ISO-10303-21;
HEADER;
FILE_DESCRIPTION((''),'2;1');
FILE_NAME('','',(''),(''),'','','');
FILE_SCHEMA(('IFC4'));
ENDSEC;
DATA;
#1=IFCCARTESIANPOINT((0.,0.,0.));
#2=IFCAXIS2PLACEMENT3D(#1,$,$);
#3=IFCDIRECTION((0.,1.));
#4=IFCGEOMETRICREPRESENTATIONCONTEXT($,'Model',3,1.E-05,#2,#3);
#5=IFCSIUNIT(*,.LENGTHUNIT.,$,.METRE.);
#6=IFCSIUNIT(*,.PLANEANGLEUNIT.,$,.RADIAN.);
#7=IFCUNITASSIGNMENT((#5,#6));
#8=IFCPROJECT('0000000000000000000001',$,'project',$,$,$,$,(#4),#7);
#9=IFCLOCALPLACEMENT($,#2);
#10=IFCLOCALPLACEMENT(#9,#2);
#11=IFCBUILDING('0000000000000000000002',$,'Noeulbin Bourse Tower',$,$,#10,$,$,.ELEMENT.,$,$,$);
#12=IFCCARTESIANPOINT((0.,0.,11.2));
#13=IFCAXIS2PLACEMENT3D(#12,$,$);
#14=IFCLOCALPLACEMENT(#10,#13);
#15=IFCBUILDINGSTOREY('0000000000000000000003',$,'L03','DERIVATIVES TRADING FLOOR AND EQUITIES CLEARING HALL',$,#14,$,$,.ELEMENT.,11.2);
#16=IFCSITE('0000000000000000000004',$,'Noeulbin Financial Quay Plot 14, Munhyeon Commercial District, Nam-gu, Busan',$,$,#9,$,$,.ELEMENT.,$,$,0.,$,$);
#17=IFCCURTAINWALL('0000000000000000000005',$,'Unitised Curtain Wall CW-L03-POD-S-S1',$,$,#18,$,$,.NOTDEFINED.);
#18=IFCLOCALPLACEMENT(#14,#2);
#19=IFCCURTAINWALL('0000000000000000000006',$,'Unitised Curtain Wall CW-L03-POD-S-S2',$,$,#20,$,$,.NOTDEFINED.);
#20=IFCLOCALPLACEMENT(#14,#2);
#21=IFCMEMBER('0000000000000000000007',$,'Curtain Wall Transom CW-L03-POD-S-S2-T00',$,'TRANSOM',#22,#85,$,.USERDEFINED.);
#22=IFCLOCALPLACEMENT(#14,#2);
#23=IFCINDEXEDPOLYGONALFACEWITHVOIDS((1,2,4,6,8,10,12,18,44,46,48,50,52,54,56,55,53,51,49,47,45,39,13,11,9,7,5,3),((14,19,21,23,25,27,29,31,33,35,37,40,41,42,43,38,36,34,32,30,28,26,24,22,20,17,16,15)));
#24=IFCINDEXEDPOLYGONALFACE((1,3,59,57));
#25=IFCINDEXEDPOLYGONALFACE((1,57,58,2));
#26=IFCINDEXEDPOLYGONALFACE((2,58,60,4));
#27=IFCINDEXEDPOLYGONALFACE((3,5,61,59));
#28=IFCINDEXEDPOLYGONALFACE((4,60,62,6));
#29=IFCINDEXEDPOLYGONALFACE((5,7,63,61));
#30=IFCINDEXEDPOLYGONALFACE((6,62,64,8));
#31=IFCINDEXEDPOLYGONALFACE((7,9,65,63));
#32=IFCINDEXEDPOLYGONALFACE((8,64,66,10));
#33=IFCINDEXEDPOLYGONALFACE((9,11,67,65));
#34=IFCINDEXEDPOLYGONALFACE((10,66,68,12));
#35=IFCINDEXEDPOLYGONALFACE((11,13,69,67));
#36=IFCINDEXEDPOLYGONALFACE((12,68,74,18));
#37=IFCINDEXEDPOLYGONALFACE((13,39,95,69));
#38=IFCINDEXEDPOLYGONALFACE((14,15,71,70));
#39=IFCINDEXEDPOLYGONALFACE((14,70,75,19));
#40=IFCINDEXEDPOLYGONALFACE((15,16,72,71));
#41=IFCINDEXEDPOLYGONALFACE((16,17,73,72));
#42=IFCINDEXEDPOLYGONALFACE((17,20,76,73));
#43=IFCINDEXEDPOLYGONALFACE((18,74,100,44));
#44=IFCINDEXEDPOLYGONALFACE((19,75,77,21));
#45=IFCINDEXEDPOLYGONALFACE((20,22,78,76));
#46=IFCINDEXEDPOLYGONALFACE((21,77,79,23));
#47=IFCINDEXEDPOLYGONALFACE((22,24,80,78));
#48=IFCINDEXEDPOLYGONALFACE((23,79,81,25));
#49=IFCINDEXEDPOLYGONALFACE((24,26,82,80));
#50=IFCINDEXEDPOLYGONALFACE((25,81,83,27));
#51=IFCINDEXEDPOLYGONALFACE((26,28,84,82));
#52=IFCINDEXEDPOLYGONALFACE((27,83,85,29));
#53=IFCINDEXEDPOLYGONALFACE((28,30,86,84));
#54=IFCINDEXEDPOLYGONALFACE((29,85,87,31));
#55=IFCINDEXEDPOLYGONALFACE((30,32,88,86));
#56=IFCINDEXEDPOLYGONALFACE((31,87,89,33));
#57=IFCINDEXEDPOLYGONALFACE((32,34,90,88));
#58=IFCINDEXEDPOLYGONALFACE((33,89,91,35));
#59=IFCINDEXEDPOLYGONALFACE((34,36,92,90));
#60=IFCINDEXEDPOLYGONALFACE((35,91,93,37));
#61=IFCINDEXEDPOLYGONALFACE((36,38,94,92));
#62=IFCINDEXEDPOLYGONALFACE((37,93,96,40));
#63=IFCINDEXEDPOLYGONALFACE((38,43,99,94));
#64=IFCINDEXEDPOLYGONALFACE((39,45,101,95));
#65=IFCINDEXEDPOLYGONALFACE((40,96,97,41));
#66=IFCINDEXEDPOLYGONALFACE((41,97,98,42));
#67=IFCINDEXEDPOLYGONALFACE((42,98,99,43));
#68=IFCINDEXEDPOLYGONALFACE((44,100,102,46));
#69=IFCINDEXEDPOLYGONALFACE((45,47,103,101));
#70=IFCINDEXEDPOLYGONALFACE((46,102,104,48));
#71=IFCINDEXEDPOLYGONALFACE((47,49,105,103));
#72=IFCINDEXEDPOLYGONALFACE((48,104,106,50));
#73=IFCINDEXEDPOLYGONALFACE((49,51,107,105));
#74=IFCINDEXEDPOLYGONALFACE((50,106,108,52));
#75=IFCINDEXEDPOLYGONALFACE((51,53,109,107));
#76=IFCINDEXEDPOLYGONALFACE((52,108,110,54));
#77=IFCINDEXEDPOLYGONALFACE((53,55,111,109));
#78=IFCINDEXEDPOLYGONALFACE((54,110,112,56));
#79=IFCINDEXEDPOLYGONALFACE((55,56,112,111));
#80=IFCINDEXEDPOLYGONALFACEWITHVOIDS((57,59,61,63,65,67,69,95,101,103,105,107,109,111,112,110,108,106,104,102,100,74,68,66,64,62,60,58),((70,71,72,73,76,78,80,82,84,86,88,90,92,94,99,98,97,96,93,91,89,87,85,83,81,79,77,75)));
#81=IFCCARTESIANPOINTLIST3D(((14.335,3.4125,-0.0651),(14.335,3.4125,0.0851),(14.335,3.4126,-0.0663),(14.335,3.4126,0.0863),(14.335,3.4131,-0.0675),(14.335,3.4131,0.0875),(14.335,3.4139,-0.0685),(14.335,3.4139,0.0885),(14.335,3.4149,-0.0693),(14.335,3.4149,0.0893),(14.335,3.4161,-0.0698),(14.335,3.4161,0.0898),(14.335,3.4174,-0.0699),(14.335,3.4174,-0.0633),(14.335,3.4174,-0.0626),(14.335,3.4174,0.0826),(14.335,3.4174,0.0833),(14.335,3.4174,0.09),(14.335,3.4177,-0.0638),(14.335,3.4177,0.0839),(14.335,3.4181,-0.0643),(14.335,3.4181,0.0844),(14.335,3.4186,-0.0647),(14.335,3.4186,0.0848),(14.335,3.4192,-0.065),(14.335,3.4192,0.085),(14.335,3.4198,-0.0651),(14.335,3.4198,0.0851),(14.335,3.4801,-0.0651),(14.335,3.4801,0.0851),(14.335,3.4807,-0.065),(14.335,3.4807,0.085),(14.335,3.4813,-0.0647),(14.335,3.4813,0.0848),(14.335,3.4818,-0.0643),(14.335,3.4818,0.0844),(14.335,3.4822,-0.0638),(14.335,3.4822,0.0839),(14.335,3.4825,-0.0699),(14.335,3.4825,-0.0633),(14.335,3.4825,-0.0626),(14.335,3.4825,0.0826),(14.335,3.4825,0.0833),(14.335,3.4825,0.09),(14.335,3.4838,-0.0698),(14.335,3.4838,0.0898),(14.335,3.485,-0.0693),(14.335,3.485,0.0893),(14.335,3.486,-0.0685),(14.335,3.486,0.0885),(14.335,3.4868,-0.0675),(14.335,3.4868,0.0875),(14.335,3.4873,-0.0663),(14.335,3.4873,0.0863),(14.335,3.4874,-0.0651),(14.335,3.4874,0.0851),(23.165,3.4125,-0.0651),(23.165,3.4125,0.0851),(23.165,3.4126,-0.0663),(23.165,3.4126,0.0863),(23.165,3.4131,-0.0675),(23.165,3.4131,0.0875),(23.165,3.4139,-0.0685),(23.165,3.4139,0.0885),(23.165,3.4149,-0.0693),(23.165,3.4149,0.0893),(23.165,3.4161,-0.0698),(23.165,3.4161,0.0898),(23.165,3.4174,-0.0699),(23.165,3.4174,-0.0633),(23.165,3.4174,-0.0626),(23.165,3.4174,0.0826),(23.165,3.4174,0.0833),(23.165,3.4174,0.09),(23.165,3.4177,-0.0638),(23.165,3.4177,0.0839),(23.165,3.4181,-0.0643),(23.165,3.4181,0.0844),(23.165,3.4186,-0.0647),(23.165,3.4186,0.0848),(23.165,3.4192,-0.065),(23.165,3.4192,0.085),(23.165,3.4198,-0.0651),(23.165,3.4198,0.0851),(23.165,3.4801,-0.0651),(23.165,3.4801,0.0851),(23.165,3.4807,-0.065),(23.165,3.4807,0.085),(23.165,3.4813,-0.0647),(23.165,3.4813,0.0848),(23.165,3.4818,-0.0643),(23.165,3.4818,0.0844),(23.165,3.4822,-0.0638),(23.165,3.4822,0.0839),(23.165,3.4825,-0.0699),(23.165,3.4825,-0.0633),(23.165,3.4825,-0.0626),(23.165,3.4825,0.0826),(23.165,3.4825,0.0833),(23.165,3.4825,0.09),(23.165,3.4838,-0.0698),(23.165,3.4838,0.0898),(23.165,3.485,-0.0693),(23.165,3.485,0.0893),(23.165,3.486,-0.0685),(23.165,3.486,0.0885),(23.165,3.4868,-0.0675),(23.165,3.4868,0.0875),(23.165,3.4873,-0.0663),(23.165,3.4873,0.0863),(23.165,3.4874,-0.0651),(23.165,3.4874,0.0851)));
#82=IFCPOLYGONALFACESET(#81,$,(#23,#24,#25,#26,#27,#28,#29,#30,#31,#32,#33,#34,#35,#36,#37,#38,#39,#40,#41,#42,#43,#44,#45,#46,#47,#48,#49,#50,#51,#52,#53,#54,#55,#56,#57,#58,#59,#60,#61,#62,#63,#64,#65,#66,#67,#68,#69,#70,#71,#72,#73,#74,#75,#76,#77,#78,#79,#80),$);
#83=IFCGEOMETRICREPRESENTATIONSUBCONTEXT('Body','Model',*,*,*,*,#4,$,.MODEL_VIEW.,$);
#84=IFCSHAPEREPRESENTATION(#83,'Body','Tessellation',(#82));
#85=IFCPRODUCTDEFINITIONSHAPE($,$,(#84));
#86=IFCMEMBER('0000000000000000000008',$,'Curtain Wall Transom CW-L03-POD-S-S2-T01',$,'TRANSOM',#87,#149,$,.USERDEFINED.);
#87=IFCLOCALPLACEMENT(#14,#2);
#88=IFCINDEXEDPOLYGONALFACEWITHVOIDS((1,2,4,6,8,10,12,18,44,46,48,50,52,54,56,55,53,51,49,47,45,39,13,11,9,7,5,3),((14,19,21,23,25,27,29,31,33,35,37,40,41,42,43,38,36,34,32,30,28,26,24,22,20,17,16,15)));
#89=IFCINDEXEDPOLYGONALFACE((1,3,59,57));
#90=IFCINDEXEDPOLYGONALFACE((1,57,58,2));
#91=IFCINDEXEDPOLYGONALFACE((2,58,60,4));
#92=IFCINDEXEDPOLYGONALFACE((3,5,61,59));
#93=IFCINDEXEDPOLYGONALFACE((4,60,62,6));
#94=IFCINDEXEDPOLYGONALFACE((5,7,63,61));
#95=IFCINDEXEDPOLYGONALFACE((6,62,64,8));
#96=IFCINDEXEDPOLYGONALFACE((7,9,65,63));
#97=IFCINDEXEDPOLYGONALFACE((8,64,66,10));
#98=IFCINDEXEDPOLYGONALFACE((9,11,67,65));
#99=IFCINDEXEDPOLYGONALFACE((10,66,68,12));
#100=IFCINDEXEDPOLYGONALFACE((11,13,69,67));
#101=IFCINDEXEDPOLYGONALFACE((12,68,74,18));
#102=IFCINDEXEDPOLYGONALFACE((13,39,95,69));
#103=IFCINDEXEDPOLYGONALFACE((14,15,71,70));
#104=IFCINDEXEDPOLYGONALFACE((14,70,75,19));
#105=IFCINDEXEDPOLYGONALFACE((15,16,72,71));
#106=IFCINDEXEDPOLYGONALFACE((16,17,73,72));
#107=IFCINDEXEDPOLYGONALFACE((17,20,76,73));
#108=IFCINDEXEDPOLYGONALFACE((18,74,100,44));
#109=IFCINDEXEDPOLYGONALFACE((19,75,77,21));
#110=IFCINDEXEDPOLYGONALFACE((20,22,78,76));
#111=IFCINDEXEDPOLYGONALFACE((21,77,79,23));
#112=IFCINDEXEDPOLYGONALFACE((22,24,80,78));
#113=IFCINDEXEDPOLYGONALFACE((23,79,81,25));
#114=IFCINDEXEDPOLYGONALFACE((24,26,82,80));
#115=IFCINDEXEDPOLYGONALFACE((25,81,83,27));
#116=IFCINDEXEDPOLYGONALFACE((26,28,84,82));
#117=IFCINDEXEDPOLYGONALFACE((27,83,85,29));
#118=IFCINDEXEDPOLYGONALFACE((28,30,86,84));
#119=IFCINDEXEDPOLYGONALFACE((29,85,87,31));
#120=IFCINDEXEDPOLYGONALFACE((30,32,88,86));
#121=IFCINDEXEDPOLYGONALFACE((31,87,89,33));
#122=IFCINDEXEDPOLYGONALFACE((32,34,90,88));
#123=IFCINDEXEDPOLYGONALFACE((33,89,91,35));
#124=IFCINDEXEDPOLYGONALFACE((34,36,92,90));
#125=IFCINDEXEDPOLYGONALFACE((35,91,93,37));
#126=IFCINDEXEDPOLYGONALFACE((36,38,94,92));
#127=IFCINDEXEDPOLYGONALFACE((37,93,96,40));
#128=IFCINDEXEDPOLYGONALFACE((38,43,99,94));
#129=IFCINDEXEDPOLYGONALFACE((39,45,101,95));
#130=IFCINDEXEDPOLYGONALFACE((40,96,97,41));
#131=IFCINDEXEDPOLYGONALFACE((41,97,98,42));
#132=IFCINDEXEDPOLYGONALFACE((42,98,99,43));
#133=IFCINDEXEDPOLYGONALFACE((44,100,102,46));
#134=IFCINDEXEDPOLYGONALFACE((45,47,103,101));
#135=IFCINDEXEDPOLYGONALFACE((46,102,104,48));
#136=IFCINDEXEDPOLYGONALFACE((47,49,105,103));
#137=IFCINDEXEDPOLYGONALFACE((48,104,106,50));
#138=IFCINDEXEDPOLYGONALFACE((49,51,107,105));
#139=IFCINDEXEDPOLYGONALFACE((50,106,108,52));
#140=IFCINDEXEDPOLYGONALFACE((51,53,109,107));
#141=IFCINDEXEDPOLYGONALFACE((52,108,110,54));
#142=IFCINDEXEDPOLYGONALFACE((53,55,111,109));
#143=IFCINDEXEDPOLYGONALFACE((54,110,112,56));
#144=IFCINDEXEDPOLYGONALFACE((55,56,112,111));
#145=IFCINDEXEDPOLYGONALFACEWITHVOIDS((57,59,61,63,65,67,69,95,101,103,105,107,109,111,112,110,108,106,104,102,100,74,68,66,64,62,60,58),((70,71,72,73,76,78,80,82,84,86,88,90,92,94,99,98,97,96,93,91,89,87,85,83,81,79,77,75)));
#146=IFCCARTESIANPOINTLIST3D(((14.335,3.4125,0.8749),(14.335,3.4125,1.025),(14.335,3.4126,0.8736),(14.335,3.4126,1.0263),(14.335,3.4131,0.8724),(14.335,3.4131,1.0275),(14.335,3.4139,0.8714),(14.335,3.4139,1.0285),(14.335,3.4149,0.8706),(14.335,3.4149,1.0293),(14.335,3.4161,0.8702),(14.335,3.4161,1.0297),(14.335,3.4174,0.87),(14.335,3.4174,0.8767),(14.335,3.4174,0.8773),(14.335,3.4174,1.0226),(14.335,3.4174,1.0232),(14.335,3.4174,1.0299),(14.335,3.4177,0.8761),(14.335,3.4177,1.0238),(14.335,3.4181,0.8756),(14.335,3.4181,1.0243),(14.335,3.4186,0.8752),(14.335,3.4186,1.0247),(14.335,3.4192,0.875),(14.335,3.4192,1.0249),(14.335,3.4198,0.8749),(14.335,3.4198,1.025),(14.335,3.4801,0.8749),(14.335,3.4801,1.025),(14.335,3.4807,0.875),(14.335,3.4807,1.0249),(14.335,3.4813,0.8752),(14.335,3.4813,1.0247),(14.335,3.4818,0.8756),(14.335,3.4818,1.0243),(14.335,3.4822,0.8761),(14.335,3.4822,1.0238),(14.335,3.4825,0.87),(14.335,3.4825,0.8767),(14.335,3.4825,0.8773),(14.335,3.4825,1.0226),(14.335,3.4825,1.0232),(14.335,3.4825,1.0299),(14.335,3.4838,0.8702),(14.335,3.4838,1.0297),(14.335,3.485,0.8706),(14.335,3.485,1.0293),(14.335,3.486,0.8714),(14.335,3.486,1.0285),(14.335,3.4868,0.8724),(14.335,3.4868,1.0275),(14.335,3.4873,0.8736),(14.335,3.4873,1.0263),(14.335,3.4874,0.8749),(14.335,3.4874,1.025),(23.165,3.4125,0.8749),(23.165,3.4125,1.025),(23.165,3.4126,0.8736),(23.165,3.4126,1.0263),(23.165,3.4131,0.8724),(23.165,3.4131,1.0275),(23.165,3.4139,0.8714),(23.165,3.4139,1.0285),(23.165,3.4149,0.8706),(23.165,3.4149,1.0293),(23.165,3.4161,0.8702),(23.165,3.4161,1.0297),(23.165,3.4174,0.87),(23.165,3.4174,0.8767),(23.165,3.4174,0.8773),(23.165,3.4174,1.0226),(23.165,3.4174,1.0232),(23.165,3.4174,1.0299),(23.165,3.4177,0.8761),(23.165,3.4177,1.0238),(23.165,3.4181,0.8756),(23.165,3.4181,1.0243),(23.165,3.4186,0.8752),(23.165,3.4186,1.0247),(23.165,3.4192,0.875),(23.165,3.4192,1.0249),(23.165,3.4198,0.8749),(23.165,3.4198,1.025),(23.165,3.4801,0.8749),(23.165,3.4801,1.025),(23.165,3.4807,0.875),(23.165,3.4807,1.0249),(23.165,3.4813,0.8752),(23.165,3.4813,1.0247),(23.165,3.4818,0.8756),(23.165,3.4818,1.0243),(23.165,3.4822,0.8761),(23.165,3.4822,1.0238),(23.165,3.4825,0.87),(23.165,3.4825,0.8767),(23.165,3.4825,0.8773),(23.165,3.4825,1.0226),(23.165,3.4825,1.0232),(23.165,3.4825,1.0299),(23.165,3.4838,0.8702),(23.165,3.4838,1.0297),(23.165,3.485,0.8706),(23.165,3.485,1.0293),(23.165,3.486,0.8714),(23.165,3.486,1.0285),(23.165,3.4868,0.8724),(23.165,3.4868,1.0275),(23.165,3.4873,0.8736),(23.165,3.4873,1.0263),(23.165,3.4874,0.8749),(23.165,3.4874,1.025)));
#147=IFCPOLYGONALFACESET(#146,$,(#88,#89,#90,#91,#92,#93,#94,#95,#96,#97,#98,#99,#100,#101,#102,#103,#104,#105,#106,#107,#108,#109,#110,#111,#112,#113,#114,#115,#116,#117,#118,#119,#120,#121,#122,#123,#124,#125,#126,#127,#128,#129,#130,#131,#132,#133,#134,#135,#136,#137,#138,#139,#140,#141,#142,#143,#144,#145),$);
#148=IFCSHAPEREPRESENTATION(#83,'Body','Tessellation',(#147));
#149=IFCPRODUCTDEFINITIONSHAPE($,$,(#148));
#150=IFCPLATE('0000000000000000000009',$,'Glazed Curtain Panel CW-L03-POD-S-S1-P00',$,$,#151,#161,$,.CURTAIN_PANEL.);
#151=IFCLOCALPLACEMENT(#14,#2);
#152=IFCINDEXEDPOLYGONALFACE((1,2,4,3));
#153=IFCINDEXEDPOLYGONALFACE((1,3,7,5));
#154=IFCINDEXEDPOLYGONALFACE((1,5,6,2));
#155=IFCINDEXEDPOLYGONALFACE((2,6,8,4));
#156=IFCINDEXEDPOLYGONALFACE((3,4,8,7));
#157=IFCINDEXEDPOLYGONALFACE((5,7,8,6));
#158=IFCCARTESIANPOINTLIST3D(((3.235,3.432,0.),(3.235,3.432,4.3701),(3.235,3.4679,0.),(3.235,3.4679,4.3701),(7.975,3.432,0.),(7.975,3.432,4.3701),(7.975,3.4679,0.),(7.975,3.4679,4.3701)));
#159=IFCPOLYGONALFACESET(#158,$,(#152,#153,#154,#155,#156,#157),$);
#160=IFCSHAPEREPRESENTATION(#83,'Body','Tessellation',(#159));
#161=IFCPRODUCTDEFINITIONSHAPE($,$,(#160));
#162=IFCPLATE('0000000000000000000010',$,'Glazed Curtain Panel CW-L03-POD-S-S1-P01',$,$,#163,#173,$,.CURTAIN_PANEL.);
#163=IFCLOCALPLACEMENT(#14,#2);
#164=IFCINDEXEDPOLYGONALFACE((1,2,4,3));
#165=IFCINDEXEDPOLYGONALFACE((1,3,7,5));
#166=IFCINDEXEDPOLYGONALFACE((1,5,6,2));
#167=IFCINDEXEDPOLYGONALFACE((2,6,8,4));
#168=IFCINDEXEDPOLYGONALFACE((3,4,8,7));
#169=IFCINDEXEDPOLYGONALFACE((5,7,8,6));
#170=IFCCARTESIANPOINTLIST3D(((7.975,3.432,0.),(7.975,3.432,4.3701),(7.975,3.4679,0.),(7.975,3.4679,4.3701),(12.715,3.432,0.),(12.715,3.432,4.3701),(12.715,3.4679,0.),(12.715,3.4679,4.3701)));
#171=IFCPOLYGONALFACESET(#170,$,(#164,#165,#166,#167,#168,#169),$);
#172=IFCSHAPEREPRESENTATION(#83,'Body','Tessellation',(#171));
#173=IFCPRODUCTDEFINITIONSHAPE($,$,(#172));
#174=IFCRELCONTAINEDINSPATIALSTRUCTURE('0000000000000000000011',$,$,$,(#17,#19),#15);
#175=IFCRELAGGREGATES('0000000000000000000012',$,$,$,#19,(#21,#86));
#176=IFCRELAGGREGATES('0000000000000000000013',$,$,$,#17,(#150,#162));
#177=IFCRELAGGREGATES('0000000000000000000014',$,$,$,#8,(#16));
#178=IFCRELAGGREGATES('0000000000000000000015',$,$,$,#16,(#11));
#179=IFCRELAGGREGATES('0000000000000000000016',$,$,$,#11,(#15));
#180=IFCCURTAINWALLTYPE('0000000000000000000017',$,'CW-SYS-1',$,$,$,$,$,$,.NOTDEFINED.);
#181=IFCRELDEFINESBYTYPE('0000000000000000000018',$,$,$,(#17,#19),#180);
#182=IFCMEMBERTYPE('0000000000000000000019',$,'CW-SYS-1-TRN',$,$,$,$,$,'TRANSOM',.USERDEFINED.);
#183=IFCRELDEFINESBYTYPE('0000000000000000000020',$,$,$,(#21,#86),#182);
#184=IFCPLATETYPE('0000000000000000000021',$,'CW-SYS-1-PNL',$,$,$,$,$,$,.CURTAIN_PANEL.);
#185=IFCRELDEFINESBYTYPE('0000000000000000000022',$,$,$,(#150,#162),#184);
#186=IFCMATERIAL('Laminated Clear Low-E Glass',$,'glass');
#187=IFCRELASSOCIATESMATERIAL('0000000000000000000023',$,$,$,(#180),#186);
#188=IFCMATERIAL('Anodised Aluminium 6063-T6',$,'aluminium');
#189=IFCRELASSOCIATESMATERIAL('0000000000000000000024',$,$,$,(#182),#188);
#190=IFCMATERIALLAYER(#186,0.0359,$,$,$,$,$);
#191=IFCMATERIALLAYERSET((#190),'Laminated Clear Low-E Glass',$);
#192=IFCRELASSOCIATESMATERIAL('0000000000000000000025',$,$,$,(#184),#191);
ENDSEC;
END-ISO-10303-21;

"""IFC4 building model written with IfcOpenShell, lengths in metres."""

from ifc_helpers import new_model, si_unit, direction, frame, origin, origin_2d, place, context, subcontext, project, spatial, rectangle, hollow_rectangle, extrude, material, layer, layer_set, material_profile, profile_set, type_object, element, aggregate, save


model = new_model("IFC4")

# Units and contexts
model_context = context("Model", 3, precision=1e-05, world=origin(), true_north=direction((0.0, 1.0)))
body_context = subcontext(model_context, "Body", "Model", "MODEL_VIEW")
ifc_project = project(units=[si_unit("LENGTHUNIT", "METRE"), si_unit("PLANEANGLEUNIT", "RADIAN")], contexts=[model_context])

# Site, building, storey
site_placement = place(None, origin())
site = spatial("IfcSite", under=ifc_project, at=site_placement, Name="Noeulbin Financial Quay Plot 14, Munhyeon Commercial District, Nam-gu, Busan", CompositionType="ELEMENT", RefElevation=0.0)
building_placement = place(site_placement, origin())
building = spatial("IfcBuilding", under=site, at=building_placement, Name="Noeulbin Bourse Tower", CompositionType="ELEMENT")
storey_placement = place(building_placement, frame((0.0, 0.0, 11.2)))
storey = spatial("IfcBuildingStorey", under=building, at=storey_placement, Name="L03", Description="DERIVATIVES TRADING FLOOR AND EQUITIES CLEARING HALL", CompositionType="ELEMENT", Elevation=11.2)

# Curtain wall
ifc_material_1 = material(Name="Laminated Clear Low-E Glass", Category="glass")
curtain_wall_type = type_object("IfcCurtainWallType", Name="CW-SYS-1", PredefinedType="NOTDEFINED", material=ifc_material_1)
curtain_wall_1_placement = place(storey_placement, origin())
curtain_wall_1 = element("IfcCurtainWall", 1, at=curtain_wall_1_placement, inside=storey, type_object=curtain_wall_type, Name="Unitised Curtain Wall CW-L03-POD-S-S1", PredefinedType="NOTDEFINED")
ifc_material_2 = material(Name="Anodised Aluminium 6063-T6", Category="aluminium")

# Curtain wall
curtain_wall_2_placement = place(storey_placement, origin())
curtain_wall_2 = element("IfcCurtainWall", 2, at=curtain_wall_2_placement, inside=storey, type_object=curtain_wall_type, Name="Unitised Curtain Wall CW-L03-POD-S-S2", PredefinedType="NOTDEFINED")

# Members
ifc_material_profile_1 = material_profile(ifc_material_2, hollow_rectangle(XDim=0.075, YDim=0.1599, WallThickness=0.0049, InnerFilletRadius=0.0024, OuterFilletRadius=0.0049, at=origin_2d()), Name="ALU-TRAN-75x160x5", Category="LoadBearing")
ifc_profile_set_1 = profile_set([ifc_material_profile_1], Name="Anodised Aluminium 6063-T6")
member_type_1 = type_object("IfcMemberType", Name="CW-SYS-1-TRN", ElementType="TRANSOM", PredefinedType="USERDEFINED", material=ifc_profile_set_1)
member_1_placement = place(storey_placement, frame((14.335, 3.45, 0.01), z_axis=(1.0, 0.0, 0.0), x_axis=(0.0, 1.0, 0.0)))
member_1 = element("IfcMember", 3, at=member_1_placement, type_object=member_type_1, Name="Curtain Wall Transom CW-L03-POD-S-S2-T00", ObjectType="TRANSOM", PredefinedType="USERDEFINED", context=body_context, shape_type="SweptSolid", body=[
    extrude(hollow_rectangle(XDim=0.075, YDim=0.1599, WallThickness=0.0049, InnerFilletRadius=0.0024, OuterFilletRadius=0.0049, at=origin_2d()), origin(), (0.0, 0.0, 1.0), 8.8301),
])
member_2_placement = place(storey_placement, frame((14.335, 3.45, 0.95), z_axis=(1.0, 0.0, 0.0), x_axis=(0.0, 1.0, 0.0)))
member_2 = element("IfcMember", 4, at=member_2_placement, type_object=member_type_1, Name="Curtain Wall Transom CW-L03-POD-S-S2-T01", ObjectType="TRANSOM", PredefinedType="USERDEFINED", context=body_context, shape_type="SweptSolid", body=[
    extrude(hollow_rectangle(XDim=0.075, YDim=0.1599, WallThickness=0.0049, InnerFilletRadius=0.0024, OuterFilletRadius=0.0049, at=origin_2d()), origin(), (0.0, 0.0, 1.0), 8.8301),
])
aggregate(curtain_wall_2, [member_1, member_2])

# Plates
ifc_layer = layer(ifc_material_1, 0.0359)
ifc_layer_set = layer_set([ifc_layer], Name="Laminated Clear Low-E Glass")
plate_type = type_object("IfcPlateType", Name="CW-SYS-1-PNL", PredefinedType="CURTAIN_PANEL", material=ifc_layer_set)
plate_1_placement = place(storey_placement, frame((5.605, 3.45, 0.0), z_axis=(0.0, 0.0, 1.0), x_axis=(1.0, 0.0, 0.0)))
plate_1 = element("IfcPlate", 5, at=plate_1_placement, type_object=plate_type, Name="Glazed Curtain Panel CW-L03-POD-S-S1-P00", PredefinedType="CURTAIN_PANEL", context=body_context, shape_type="SweptSolid", body=[
    extrude(rectangle(XDim=4.74, YDim=0.0359, at=origin_2d()), origin(), (0.0, 0.0, 1.0), 4.3701),
])
plate_2_placement = place(storey_placement, frame((10.345, 3.45, 0.0), z_axis=(0.0, 0.0, 1.0), x_axis=(1.0, 0.0, 0.0)))
plate_2 = element("IfcPlate", 6, at=plate_2_placement, type_object=plate_type, Name="Glazed Curtain Panel CW-L03-POD-S-S1-P01", PredefinedType="CURTAIN_PANEL", context=body_context, shape_type="SweptSolid", body=[
    extrude(rectangle(XDim=4.74, YDim=0.0359, at=origin_2d()), origin(), (0.0, 0.0, 1.0), 4.3701),
])
aggregate(curtain_wall_1, [plate_1, plate_2])

save(model, "model.ifc")
